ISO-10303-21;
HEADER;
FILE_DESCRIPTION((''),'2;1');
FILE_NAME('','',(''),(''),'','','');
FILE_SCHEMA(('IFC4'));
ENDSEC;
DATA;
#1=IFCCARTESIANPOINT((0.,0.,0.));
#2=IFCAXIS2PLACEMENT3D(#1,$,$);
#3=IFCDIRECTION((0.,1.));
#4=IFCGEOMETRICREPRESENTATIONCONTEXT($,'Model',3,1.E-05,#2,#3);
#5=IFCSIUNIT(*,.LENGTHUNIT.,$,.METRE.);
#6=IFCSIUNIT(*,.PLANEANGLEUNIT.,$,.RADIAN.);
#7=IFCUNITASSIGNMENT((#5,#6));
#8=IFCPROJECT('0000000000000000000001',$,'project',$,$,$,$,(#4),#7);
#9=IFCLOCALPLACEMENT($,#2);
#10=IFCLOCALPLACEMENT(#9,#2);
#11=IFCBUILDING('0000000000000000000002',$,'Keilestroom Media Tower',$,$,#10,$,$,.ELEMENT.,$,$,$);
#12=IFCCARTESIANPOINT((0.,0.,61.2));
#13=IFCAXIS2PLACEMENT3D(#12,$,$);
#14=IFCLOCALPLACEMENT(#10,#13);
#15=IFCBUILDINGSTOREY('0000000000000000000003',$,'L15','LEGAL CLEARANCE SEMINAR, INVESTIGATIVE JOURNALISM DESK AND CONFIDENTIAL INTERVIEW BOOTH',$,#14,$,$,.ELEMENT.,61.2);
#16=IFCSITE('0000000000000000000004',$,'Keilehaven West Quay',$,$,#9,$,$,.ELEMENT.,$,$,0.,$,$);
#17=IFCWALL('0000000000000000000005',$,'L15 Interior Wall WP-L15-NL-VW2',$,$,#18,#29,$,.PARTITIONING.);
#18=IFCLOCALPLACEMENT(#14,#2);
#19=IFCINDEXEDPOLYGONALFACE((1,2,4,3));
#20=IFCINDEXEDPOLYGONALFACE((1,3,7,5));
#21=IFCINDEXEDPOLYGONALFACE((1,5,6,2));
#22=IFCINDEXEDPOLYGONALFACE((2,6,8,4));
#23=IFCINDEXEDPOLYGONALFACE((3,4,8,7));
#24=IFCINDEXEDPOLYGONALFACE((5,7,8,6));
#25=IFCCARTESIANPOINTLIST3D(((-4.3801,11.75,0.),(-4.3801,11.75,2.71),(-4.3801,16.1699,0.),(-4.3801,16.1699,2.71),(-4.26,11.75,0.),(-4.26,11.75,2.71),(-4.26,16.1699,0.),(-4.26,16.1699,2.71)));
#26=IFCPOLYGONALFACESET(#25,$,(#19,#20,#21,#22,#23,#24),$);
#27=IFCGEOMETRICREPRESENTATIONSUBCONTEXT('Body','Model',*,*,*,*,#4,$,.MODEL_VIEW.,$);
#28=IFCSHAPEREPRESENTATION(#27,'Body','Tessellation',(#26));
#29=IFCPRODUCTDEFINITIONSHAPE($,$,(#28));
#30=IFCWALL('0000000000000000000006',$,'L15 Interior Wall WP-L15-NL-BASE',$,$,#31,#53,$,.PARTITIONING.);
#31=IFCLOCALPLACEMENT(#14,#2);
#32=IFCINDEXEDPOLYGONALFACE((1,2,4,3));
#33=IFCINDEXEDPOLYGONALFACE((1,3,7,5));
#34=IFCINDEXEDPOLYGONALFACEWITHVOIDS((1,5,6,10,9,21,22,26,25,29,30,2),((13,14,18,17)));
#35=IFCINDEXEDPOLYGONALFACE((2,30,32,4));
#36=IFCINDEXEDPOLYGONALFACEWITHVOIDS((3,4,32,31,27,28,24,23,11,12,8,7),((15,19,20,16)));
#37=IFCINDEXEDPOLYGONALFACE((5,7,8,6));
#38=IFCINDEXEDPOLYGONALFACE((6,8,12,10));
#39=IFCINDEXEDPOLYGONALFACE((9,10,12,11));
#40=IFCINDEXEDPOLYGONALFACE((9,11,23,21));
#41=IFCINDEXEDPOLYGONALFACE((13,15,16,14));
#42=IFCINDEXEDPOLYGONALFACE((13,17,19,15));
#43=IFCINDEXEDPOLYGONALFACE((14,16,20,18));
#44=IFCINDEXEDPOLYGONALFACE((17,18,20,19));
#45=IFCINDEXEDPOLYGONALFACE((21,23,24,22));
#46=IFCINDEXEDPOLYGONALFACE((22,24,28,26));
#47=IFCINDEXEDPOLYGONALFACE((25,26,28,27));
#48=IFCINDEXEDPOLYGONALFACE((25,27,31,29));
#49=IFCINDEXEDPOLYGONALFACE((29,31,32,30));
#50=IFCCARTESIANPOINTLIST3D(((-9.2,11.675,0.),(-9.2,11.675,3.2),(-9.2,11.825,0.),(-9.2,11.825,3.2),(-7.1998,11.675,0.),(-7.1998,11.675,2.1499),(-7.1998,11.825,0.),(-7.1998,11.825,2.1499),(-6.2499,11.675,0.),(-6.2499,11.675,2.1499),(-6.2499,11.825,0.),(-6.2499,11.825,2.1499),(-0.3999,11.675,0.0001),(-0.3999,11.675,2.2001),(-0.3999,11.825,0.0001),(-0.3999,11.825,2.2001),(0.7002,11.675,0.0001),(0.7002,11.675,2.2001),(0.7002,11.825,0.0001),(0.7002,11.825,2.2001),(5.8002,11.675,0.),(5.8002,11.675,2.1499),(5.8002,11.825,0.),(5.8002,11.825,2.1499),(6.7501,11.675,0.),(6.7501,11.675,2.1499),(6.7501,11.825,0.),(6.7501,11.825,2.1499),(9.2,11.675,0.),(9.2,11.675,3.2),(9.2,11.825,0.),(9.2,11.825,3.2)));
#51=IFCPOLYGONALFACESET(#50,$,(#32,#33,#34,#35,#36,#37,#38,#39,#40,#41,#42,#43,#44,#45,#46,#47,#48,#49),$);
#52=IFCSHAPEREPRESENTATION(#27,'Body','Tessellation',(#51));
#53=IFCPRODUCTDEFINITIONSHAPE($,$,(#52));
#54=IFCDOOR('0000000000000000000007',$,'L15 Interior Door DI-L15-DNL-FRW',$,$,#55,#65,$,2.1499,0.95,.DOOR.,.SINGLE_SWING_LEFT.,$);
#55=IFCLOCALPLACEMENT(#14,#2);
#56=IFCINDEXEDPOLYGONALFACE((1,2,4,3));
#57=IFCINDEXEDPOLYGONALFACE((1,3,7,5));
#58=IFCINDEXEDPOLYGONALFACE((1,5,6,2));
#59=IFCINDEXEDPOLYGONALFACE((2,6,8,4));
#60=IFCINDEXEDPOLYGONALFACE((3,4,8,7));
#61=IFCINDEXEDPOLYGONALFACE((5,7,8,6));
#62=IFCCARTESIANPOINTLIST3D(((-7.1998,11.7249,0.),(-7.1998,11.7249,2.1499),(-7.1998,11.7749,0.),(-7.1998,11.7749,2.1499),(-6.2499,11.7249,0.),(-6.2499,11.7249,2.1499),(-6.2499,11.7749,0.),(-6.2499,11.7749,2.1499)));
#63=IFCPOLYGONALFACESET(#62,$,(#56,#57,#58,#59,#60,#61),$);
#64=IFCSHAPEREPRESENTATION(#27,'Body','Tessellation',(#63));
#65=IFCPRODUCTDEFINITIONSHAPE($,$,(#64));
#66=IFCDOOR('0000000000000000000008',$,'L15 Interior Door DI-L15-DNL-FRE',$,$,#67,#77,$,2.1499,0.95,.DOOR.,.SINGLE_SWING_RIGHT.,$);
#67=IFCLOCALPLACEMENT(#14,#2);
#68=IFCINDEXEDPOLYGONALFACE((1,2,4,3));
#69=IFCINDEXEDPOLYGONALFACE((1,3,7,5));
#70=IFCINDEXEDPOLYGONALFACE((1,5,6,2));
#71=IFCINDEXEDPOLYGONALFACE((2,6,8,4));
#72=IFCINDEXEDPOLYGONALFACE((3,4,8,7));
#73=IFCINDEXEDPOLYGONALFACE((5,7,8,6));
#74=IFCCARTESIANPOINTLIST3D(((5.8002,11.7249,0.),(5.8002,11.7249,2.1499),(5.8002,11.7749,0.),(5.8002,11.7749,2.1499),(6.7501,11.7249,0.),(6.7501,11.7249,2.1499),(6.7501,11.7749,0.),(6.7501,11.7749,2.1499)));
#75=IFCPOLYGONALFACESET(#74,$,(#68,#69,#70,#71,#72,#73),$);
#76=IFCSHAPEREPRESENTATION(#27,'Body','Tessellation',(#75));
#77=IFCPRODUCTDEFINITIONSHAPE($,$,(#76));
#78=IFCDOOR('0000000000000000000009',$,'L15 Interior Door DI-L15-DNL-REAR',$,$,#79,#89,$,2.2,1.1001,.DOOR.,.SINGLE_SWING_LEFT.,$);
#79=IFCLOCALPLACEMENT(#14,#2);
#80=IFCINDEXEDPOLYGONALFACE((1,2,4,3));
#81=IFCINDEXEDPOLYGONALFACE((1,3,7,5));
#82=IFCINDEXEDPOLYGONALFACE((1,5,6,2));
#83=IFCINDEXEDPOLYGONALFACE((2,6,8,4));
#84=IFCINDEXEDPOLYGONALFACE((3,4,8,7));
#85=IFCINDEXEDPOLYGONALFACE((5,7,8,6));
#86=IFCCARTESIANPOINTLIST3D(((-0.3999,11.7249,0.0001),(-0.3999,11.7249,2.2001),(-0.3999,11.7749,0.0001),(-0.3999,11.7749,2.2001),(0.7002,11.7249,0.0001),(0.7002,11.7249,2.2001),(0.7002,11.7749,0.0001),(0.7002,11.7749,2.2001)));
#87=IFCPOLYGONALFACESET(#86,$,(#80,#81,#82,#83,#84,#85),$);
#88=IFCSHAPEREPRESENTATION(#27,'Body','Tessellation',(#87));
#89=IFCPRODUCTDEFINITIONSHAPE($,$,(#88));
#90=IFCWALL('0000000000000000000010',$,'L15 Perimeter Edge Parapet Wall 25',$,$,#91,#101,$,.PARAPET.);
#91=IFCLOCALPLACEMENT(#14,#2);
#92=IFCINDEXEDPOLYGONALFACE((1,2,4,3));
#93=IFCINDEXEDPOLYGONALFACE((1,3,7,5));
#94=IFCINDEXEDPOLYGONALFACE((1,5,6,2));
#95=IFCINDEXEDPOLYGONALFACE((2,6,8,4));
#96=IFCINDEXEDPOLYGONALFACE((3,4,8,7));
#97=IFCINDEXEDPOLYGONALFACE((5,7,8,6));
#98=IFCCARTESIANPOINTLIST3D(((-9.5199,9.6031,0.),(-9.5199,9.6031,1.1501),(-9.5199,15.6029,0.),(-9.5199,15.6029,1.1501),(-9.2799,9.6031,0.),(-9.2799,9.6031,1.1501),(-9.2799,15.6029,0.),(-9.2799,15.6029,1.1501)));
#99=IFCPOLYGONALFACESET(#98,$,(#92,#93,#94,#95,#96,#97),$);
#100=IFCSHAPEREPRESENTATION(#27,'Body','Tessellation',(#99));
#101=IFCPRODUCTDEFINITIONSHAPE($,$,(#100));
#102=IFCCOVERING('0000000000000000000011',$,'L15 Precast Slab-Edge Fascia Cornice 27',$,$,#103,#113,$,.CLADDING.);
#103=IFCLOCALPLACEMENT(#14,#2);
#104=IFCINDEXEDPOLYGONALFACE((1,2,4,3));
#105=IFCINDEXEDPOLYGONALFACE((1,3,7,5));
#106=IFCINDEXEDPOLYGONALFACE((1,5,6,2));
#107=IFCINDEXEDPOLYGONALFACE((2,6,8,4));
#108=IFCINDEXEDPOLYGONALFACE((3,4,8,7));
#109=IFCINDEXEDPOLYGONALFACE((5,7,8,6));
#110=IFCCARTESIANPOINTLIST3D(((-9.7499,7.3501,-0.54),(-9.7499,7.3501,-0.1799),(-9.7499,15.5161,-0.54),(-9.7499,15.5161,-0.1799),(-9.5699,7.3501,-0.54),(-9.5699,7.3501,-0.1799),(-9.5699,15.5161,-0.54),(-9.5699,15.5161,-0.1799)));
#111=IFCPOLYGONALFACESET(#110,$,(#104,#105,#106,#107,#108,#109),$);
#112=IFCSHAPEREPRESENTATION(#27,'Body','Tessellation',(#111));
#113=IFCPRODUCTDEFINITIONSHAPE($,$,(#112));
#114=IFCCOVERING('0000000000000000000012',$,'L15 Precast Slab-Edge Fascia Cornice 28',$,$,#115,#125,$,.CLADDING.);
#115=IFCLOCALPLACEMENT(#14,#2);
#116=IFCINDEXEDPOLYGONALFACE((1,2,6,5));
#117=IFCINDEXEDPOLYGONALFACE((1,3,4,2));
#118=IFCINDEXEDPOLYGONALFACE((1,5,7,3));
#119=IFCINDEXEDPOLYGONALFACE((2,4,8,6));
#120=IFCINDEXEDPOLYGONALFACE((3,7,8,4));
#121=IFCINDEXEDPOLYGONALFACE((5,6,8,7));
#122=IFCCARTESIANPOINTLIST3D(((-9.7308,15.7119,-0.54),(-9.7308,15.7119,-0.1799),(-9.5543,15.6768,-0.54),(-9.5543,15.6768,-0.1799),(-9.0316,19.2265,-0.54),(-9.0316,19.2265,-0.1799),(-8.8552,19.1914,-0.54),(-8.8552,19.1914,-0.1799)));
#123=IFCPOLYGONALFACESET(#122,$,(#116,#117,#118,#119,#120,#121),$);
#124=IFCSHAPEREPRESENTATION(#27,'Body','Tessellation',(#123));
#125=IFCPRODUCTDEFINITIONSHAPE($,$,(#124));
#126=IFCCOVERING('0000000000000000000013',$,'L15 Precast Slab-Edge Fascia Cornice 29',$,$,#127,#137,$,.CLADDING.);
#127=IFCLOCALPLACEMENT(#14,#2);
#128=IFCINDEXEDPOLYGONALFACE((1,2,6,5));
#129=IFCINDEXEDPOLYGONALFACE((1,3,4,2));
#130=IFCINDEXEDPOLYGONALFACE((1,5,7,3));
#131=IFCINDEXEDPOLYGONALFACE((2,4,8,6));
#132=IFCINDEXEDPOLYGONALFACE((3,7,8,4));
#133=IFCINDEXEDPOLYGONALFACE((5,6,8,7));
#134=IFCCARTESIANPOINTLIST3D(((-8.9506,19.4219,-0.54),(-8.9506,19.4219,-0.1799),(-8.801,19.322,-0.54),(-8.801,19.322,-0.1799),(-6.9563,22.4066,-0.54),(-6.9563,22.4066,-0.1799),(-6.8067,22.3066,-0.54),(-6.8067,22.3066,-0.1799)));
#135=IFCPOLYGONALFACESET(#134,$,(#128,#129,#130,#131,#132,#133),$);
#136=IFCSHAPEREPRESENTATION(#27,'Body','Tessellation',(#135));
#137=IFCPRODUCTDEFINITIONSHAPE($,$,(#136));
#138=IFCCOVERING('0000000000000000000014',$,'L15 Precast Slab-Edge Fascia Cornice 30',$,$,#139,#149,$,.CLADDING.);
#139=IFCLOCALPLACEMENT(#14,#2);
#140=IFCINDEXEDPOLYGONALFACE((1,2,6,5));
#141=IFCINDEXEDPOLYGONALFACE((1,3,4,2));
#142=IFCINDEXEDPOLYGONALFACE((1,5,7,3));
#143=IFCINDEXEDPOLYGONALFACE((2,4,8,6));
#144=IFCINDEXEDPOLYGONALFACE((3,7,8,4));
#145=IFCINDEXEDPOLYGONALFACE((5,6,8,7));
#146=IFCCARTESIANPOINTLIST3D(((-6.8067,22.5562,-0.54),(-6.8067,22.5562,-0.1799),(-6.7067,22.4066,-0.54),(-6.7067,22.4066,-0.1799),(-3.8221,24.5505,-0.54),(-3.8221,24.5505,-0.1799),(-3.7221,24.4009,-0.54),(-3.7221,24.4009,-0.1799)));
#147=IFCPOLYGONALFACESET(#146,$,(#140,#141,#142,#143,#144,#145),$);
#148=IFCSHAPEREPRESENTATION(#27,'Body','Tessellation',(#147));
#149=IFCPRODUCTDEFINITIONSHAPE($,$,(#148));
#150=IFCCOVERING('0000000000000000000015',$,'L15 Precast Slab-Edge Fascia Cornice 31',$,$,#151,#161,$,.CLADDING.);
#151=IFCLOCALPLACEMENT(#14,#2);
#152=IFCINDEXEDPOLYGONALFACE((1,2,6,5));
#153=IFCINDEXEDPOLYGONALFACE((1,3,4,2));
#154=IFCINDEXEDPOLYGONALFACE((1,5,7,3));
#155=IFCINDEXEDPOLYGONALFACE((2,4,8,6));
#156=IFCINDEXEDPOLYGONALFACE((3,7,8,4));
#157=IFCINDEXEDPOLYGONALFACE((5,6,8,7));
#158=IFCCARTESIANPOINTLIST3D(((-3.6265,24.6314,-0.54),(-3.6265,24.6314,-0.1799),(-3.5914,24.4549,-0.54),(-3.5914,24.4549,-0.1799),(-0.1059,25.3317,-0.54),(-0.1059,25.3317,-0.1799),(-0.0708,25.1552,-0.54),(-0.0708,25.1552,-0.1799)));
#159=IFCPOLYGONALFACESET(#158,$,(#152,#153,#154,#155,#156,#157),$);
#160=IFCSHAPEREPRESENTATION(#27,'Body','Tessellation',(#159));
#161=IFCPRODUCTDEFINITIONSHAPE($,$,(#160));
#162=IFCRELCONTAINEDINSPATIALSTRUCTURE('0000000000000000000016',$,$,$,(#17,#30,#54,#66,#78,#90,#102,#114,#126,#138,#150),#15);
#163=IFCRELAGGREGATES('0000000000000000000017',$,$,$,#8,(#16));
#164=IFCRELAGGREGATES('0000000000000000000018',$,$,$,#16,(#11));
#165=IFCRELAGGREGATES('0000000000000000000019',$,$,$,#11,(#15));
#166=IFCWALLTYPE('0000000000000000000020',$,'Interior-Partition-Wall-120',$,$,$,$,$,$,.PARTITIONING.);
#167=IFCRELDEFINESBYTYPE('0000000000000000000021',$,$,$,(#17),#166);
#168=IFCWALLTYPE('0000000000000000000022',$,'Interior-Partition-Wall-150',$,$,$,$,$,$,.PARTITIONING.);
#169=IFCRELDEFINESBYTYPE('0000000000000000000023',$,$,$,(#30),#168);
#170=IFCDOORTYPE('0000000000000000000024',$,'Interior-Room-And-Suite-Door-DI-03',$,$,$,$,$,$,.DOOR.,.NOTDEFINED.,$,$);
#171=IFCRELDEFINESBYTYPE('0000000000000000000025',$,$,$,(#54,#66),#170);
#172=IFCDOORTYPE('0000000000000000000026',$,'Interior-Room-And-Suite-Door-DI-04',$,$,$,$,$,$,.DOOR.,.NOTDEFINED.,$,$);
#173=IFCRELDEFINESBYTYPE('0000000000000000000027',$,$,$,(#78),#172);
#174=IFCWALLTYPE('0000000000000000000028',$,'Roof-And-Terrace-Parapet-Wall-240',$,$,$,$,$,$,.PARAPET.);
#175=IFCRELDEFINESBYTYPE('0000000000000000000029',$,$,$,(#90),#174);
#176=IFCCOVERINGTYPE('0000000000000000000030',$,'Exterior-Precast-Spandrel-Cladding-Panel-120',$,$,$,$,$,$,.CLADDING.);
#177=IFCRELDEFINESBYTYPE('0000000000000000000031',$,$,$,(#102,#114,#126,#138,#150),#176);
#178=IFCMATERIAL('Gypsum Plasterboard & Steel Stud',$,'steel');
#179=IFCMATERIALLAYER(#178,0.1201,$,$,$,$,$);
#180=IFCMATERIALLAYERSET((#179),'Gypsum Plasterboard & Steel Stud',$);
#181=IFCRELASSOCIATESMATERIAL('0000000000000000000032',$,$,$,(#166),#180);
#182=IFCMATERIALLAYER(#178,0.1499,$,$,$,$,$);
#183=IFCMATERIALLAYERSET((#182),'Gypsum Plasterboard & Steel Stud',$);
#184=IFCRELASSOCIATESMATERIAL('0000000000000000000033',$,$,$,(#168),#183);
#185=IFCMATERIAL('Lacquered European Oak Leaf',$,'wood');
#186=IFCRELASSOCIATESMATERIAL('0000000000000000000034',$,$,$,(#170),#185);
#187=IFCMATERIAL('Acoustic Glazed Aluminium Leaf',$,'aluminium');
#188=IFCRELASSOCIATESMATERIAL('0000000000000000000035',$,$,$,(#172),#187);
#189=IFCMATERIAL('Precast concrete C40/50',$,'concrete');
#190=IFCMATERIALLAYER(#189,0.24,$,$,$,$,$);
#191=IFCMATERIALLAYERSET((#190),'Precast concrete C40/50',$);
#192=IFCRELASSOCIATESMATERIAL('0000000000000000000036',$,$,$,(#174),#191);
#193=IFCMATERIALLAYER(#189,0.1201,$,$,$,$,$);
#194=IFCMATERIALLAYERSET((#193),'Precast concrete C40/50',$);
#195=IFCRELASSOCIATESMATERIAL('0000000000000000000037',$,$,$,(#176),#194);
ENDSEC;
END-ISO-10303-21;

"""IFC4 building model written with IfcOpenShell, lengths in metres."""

from ifc_helpers import new_model, si_unit, direction, frame, frame_2d, origin, origin_2d, place, context, subcontext, project, spatial, rectangle, extrude, source, transform, mapped, material, layer, layer_set, type_object, element, fill, save


model = new_model("IFC4")

# Units and contexts
model_context = context("Model", 3, precision=1e-05, world=origin(), true_north=direction((0.0, 1.0)))
body_context = subcontext(model_context, "Body", "Model", "MODEL_VIEW")
ifc_project = project(units=[si_unit("LENGTHUNIT", "METRE"), si_unit("PLANEANGLEUNIT", "RADIAN")], contexts=[model_context])

# Site, building, storey
site_placement = place(None, origin())
site = spatial("IfcSite", under=ifc_project, at=site_placement, Name="Keilehaven West Quay", CompositionType="ELEMENT", RefElevation=0.0)
building_placement = place(site_placement, origin())
building = spatial("IfcBuilding", under=site, at=building_placement, Name="Keilestroom Media Tower", CompositionType="ELEMENT")
storey_placement = place(building_placement, frame((0.0, 0.0, 61.2)))
storey = spatial("IfcBuildingStorey", under=building, at=storey_placement, Name="L15", Description="LEGAL CLEARANCE SEMINAR, INVESTIGATIVE JOURNALISM DESK AND CONFIDENTIAL INTERVIEW BOOTH", CompositionType="ELEMENT", Elevation=61.2)

# Wall
ifc_material_1 = material(Name="Precast concrete C40/50", Category="concrete")
ifc_material_2 = material(Name="Gypsum Plasterboard & Steel Stud", Category="steel")
ifc_layer_1 = layer(ifc_material_2, 0.1201)
ifc_layer_set_1 = layer_set([ifc_layer_1], Name="Gypsum Plasterboard & Steel Stud")
wall_type_1 = type_object("IfcWallType", Name="Interior-Partition-Wall-120", PredefinedType="PARTITIONING", material=ifc_layer_set_1)
wall_1_placement = place(storey_placement, frame((-4.3201, 11.75, 0.0), z_axis=(0.0, 0.0, 1.0), x_axis=(0.0, 1.0, 0.0)))
element("IfcWall", 1, at=wall_1_placement, inside=storey, type_object=wall_type_1, Name="L15 Interior Wall WP-L15-NL-VW2", PredefinedType="PARTITIONING", context=body_context, shape_type="SweptSolid", body=[
    extrude(rectangle(XDim=4.4199, YDim=0.1201, at=frame_2d((2.21, 0.0))), origin(), (0.0, 0.0, 1.0), 2.71),
])

# Wall, openings, doors
ifc_layer_2 = layer(ifc_material_2, 0.1499)
ifc_layer_set_2 = layer_set([ifc_layer_2], Name="Gypsum Plasterboard & Steel Stud")
wall_type_2 = type_object("IfcWallType", Name="Interior-Partition-Wall-150", PredefinedType="PARTITIONING", material=ifc_layer_set_2)
wall_2_placement = place(storey_placement, frame((-9.2, 11.75, 0.0), z_axis=(0.0, 0.0, 1.0), x_axis=(1.0, 0.0, 0.0)))
wall_2 = element("IfcWall", 2, at=wall_2_placement, inside=storey, type_object=wall_type_2, Name="L15 Interior Wall WP-L15-NL-BASE", PredefinedType="PARTITIONING", context=body_context, shape_type="SweptSolid", body=[
    extrude(rectangle(XDim=18.3999, YDim=0.1499, at=frame_2d((9.2, 0.0))), origin(), (0.0, 0.0, 1.0), 3.2),
])
opening_1_placement = place(wall_2_placement, frame((2.0, 0.0, 0.0)))
opening_1 = element("IfcOpeningElement", 3, at=opening_1_placement, cuts=wall_2, PredefinedType="OPENING", context=body_context, shape_type="SweptSolid", body=[
    extrude(rectangle(XDim=0.95, YDim=2.1499, at=frame_2d((0.4751, 1.075))), frame((0.0, 0.085, 0.0), z_axis=(0.0, -1.0, 0.0), x_axis=(1.0, 0.0, 0.0)), (0.0, 0.0, 1.0), 0.1699),
])
opening_2_placement = place(wall_2_placement, frame((15.0, 0.0, 0.0)))
opening_2 = element("IfcOpeningElement", 4, at=opening_2_placement, cuts=wall_2, PredefinedType="OPENING", context=body_context, shape_type="SweptSolid", body=[
    extrude(rectangle(XDim=0.95, YDim=2.1499, at=frame_2d((0.4751, 1.075))), frame((0.0, 0.085, 0.0), z_axis=(0.0, -1.0, 0.0), x_axis=(1.0, 0.0, 0.0)), (0.0, 0.0, 1.0), 0.1699),
])
opening_3_placement = place(wall_2_placement, frame((8.8, 0.0, 0.0)))
opening_3 = element("IfcOpeningElement", 5, at=opening_3_placement, cuts=wall_2, PredefinedType="OPENING", context=body_context, shape_type="SweptSolid", body=[
    extrude(rectangle(XDim=1.1001, YDim=2.2, at=frame_2d((0.55, 1.1001))), frame((0.0, 0.085, 0.0), z_axis=(0.0, -1.0, 0.0), x_axis=(1.0, 0.0, 0.0)), (0.0, 0.0, 1.0), 0.1699),
])
ifc_material_3 = material(Name="Lacquered European Oak Leaf", Category="wood")
door_type_1 = type_object("IfcDoorType", Name="Interior-Room-And-Suite-Door-DI-03", OperationType="NOTDEFINED", PredefinedType="DOOR", material=ifc_material_3)
shared_shape_1 = source(origin(), body_context, "Body", "SweptSolid", [
    extrude(rectangle(XDim=0.95, YDim=2.1499, at=frame_2d((0.4751, 1.075))), frame((0.0, 0.0249, 0.0), z_axis=(0.0, -1.0, 0.0), x_axis=(1.0, 0.0, 0.0)), (0.0, 0.0, 1.0), 0.05),
])
door_1_placement = place(opening_1_placement, origin())
door_1 = element("IfcDoor", 6, at=door_1_placement, inside=storey, type_object=door_type_1, Name="L15 Interior Door DI-L15-DNL-FRW", OperationType="SINGLE_SWING_LEFT", OverallHeight=2.1499, OverallWidth=0.95, PredefinedType="DOOR", context=body_context, shape_type="MappedRepresentation", body=[
    mapped(shared_shape_1, transform((0.0, 0.0, 0.0), x_axis=(1.0, 0.0, 0.0), y_axis=(0.0, 1.0, 0.0), z_axis=(0.0, 0.0, 1.0), scale=1.0)),
])
fill(opening_1, door_1)
door_2_placement = place(opening_2_placement, origin())
door_2 = element("IfcDoor", 7, at=door_2_placement, inside=storey, type_object=door_type_1, Name="L15 Interior Door DI-L15-DNL-FRE", OperationType="SINGLE_SWING_RIGHT", OverallHeight=2.1499, OverallWidth=0.95, PredefinedType="DOOR", context=body_context, shape_type="MappedRepresentation", body=[
    mapped(shared_shape_1, transform((0.0, 0.0, 0.0), x_axis=(1.0, 0.0, 0.0), y_axis=(0.0, 1.0, 0.0), z_axis=(0.0, 0.0, 1.0), scale=1.0)),
])
fill(opening_2, door_2)
ifc_material_4 = material(Name="Acoustic Glazed Aluminium Leaf", Category="aluminium")
door_type_2 = type_object("IfcDoorType", Name="Interior-Room-And-Suite-Door-DI-04", OperationType="NOTDEFINED", PredefinedType="DOOR", material=ifc_material_4)
shared_shape_2 = source(origin(), body_context, "Body", "SweptSolid", [
    extrude(rectangle(XDim=1.1001, YDim=2.2, at=frame_2d((0.55, 1.1001))), frame((0.0, 0.0249, 0.0), z_axis=(0.0, -1.0, 0.0), x_axis=(1.0, 0.0, 0.0)), (0.0, 0.0, 1.0), 0.05),
])
door_3_placement = place(opening_3_placement, origin())
door_3 = element("IfcDoor", 8, at=door_3_placement, inside=storey, type_object=door_type_2, Name="L15 Interior Door DI-L15-DNL-REAR", OperationType="SINGLE_SWING_LEFT", OverallHeight=2.2, OverallWidth=1.1001, PredefinedType="DOOR", context=body_context, shape_type="MappedRepresentation", body=[
    mapped(shared_shape_2, transform((0.0, 0.0, 0.0), x_axis=(1.0, 0.0, 0.0), y_axis=(0.0, 1.0, 0.0), z_axis=(0.0, 0.0, 1.0), scale=1.0)),
])
fill(opening_3, door_3)

# Wall
ifc_layer_3 = layer(ifc_material_1, 0.24)
ifc_layer_set_3 = layer_set([ifc_layer_3], Name="Precast concrete C40/50")
wall_type_3 = type_object("IfcWallType", Name="Roof-And-Terrace-Parapet-Wall-240", PredefinedType="PARAPET", material=ifc_layer_set_3)
wall_3_placement = place(storey_placement, frame((-9.3999, 9.603, 0.0), z_axis=(0.0, 0.0, 1.0), x_axis=(0.0, 1.0, 0.0)))
element("IfcWall", 9, at=wall_3_placement, inside=storey, type_object=wall_type_3, Name="L15 Perimeter Edge Parapet Wall 25", PredefinedType="PARAPET", context=body_context, shape_type="SweptSolid", body=[
    extrude(rectangle(XDim=5.9998, YDim=0.24, at=frame_2d((3.0, 0.0))), origin(), (0.0, 0.0, 1.0), 1.1501),
])

# Coverings
ifc_layer_4 = layer(ifc_material_1, 0.1201)
ifc_layer_set_4 = layer_set([ifc_layer_4], Name="Precast concrete C40/50")
covering_type = type_object("IfcCoveringType", Name="Exterior-Precast-Spandrel-Cladding-Panel-120", PredefinedType="CLADDING", material=ifc_layer_set_4)
shared_shape_3 = source(origin(), body_context, "Body", "SweptSolid", [
    extrude(rectangle(XDim=8.166, YDim=0.1799, at=origin_2d()), origin(), (0.0, 0.0, 1.0), 0.3601),
])
covering_1_placement = place(storey_placement, frame((-9.6599, 11.4331, -0.54), z_axis=(0.0, 0.0, 1.0), x_axis=(0.0, 1.0, 0.0)))
element("IfcCovering", 10, at=covering_1_placement, inside=storey, type_object=covering_type, Name="L15 Precast Slab-Edge Fascia Cornice 27", PredefinedType="CLADDING", context=body_context, shape_type="MappedRepresentation", body=[
    mapped(shared_shape_3, transform((0.0, 0.0, 0.0), x_axis=(1.0, 0.0, 0.0), y_axis=(0.0, 1.0, 0.0), z_axis=(0.0, 0.0, 1.0), scale=1.0)),
])
shared_shape_4 = source(origin(), body_context, "Body", "SweptSolid", [
    extrude(rectangle(XDim=3.5835, YDim=0.1799, at=origin_2d()), origin(), (0.0, 0.0, 1.0), 0.3601),
])
covering_2_placement = place(storey_placement, frame((-9.293, 17.4517, -0.54), z_axis=(0.0, 0.0, 1.0), x_axis=(0.195099, 0.980784, 0.0)))
element("IfcCovering", 11, at=covering_2_placement, inside=storey, type_object=covering_type, Name="L15 Precast Slab-Edge Fascia Cornice 28", PredefinedType="CLADDING", context=body_context, shape_type="MappedRepresentation", body=[
    mapped(shared_shape_4, transform((0.0, 0.0, 0.0), x_axis=(1.0, 0.0, 0.0), y_axis=(0.0, 1.0, 0.0), z_axis=(0.0, 0.0, 1.0), scale=1.0)),
])
shared_shape_5 = source(origin(), body_context, "Body", "SweptSolid", [
    extrude(rectangle(XDim=3.5896, YDim=0.1799, at=origin_2d()), origin(), (0.0, 0.0, 1.0), 0.3601),
])
for number, where, z_axis, x_axis, name in (
    (12, (-7.8787, 20.8643, -0.54), (0.0, 0.0, 1.0), (0.555575, 0.831467, 0.0), "L15 Precast Slab-Edge Fascia Cornice 29"),
    (13, (-5.2644, 23.4785, -0.54), (0.0, 0.0, 1.0), (0.831467, 0.555575, 0.0), "L15 Precast Slab-Edge Fascia Cornice 30"),
    (14, (-1.8486, 24.8933, -0.54), (0.0, 0.0, 1.0), (0.980784, 0.195099, 0.0), "L15 Precast Slab-Edge Fascia Cornice 31"),
):
    element("IfcCovering", number, at=place(storey_placement, frame(where, z_axis=z_axis, x_axis=x_axis)), inside=storey, type_object=covering_type, Name=name, PredefinedType="CLADDING", context=body_context, shape_type="MappedRepresentation", body=[
        mapped(shared_shape_5, transform((0.0, 0.0, 0.0), x_axis=(1.0, 0.0, 0.0), y_axis=(0.0, 1.0, 0.0), z_axis=(0.0, 0.0, 1.0), scale=1.0)),
    ])

save(model, "model.ifc")
